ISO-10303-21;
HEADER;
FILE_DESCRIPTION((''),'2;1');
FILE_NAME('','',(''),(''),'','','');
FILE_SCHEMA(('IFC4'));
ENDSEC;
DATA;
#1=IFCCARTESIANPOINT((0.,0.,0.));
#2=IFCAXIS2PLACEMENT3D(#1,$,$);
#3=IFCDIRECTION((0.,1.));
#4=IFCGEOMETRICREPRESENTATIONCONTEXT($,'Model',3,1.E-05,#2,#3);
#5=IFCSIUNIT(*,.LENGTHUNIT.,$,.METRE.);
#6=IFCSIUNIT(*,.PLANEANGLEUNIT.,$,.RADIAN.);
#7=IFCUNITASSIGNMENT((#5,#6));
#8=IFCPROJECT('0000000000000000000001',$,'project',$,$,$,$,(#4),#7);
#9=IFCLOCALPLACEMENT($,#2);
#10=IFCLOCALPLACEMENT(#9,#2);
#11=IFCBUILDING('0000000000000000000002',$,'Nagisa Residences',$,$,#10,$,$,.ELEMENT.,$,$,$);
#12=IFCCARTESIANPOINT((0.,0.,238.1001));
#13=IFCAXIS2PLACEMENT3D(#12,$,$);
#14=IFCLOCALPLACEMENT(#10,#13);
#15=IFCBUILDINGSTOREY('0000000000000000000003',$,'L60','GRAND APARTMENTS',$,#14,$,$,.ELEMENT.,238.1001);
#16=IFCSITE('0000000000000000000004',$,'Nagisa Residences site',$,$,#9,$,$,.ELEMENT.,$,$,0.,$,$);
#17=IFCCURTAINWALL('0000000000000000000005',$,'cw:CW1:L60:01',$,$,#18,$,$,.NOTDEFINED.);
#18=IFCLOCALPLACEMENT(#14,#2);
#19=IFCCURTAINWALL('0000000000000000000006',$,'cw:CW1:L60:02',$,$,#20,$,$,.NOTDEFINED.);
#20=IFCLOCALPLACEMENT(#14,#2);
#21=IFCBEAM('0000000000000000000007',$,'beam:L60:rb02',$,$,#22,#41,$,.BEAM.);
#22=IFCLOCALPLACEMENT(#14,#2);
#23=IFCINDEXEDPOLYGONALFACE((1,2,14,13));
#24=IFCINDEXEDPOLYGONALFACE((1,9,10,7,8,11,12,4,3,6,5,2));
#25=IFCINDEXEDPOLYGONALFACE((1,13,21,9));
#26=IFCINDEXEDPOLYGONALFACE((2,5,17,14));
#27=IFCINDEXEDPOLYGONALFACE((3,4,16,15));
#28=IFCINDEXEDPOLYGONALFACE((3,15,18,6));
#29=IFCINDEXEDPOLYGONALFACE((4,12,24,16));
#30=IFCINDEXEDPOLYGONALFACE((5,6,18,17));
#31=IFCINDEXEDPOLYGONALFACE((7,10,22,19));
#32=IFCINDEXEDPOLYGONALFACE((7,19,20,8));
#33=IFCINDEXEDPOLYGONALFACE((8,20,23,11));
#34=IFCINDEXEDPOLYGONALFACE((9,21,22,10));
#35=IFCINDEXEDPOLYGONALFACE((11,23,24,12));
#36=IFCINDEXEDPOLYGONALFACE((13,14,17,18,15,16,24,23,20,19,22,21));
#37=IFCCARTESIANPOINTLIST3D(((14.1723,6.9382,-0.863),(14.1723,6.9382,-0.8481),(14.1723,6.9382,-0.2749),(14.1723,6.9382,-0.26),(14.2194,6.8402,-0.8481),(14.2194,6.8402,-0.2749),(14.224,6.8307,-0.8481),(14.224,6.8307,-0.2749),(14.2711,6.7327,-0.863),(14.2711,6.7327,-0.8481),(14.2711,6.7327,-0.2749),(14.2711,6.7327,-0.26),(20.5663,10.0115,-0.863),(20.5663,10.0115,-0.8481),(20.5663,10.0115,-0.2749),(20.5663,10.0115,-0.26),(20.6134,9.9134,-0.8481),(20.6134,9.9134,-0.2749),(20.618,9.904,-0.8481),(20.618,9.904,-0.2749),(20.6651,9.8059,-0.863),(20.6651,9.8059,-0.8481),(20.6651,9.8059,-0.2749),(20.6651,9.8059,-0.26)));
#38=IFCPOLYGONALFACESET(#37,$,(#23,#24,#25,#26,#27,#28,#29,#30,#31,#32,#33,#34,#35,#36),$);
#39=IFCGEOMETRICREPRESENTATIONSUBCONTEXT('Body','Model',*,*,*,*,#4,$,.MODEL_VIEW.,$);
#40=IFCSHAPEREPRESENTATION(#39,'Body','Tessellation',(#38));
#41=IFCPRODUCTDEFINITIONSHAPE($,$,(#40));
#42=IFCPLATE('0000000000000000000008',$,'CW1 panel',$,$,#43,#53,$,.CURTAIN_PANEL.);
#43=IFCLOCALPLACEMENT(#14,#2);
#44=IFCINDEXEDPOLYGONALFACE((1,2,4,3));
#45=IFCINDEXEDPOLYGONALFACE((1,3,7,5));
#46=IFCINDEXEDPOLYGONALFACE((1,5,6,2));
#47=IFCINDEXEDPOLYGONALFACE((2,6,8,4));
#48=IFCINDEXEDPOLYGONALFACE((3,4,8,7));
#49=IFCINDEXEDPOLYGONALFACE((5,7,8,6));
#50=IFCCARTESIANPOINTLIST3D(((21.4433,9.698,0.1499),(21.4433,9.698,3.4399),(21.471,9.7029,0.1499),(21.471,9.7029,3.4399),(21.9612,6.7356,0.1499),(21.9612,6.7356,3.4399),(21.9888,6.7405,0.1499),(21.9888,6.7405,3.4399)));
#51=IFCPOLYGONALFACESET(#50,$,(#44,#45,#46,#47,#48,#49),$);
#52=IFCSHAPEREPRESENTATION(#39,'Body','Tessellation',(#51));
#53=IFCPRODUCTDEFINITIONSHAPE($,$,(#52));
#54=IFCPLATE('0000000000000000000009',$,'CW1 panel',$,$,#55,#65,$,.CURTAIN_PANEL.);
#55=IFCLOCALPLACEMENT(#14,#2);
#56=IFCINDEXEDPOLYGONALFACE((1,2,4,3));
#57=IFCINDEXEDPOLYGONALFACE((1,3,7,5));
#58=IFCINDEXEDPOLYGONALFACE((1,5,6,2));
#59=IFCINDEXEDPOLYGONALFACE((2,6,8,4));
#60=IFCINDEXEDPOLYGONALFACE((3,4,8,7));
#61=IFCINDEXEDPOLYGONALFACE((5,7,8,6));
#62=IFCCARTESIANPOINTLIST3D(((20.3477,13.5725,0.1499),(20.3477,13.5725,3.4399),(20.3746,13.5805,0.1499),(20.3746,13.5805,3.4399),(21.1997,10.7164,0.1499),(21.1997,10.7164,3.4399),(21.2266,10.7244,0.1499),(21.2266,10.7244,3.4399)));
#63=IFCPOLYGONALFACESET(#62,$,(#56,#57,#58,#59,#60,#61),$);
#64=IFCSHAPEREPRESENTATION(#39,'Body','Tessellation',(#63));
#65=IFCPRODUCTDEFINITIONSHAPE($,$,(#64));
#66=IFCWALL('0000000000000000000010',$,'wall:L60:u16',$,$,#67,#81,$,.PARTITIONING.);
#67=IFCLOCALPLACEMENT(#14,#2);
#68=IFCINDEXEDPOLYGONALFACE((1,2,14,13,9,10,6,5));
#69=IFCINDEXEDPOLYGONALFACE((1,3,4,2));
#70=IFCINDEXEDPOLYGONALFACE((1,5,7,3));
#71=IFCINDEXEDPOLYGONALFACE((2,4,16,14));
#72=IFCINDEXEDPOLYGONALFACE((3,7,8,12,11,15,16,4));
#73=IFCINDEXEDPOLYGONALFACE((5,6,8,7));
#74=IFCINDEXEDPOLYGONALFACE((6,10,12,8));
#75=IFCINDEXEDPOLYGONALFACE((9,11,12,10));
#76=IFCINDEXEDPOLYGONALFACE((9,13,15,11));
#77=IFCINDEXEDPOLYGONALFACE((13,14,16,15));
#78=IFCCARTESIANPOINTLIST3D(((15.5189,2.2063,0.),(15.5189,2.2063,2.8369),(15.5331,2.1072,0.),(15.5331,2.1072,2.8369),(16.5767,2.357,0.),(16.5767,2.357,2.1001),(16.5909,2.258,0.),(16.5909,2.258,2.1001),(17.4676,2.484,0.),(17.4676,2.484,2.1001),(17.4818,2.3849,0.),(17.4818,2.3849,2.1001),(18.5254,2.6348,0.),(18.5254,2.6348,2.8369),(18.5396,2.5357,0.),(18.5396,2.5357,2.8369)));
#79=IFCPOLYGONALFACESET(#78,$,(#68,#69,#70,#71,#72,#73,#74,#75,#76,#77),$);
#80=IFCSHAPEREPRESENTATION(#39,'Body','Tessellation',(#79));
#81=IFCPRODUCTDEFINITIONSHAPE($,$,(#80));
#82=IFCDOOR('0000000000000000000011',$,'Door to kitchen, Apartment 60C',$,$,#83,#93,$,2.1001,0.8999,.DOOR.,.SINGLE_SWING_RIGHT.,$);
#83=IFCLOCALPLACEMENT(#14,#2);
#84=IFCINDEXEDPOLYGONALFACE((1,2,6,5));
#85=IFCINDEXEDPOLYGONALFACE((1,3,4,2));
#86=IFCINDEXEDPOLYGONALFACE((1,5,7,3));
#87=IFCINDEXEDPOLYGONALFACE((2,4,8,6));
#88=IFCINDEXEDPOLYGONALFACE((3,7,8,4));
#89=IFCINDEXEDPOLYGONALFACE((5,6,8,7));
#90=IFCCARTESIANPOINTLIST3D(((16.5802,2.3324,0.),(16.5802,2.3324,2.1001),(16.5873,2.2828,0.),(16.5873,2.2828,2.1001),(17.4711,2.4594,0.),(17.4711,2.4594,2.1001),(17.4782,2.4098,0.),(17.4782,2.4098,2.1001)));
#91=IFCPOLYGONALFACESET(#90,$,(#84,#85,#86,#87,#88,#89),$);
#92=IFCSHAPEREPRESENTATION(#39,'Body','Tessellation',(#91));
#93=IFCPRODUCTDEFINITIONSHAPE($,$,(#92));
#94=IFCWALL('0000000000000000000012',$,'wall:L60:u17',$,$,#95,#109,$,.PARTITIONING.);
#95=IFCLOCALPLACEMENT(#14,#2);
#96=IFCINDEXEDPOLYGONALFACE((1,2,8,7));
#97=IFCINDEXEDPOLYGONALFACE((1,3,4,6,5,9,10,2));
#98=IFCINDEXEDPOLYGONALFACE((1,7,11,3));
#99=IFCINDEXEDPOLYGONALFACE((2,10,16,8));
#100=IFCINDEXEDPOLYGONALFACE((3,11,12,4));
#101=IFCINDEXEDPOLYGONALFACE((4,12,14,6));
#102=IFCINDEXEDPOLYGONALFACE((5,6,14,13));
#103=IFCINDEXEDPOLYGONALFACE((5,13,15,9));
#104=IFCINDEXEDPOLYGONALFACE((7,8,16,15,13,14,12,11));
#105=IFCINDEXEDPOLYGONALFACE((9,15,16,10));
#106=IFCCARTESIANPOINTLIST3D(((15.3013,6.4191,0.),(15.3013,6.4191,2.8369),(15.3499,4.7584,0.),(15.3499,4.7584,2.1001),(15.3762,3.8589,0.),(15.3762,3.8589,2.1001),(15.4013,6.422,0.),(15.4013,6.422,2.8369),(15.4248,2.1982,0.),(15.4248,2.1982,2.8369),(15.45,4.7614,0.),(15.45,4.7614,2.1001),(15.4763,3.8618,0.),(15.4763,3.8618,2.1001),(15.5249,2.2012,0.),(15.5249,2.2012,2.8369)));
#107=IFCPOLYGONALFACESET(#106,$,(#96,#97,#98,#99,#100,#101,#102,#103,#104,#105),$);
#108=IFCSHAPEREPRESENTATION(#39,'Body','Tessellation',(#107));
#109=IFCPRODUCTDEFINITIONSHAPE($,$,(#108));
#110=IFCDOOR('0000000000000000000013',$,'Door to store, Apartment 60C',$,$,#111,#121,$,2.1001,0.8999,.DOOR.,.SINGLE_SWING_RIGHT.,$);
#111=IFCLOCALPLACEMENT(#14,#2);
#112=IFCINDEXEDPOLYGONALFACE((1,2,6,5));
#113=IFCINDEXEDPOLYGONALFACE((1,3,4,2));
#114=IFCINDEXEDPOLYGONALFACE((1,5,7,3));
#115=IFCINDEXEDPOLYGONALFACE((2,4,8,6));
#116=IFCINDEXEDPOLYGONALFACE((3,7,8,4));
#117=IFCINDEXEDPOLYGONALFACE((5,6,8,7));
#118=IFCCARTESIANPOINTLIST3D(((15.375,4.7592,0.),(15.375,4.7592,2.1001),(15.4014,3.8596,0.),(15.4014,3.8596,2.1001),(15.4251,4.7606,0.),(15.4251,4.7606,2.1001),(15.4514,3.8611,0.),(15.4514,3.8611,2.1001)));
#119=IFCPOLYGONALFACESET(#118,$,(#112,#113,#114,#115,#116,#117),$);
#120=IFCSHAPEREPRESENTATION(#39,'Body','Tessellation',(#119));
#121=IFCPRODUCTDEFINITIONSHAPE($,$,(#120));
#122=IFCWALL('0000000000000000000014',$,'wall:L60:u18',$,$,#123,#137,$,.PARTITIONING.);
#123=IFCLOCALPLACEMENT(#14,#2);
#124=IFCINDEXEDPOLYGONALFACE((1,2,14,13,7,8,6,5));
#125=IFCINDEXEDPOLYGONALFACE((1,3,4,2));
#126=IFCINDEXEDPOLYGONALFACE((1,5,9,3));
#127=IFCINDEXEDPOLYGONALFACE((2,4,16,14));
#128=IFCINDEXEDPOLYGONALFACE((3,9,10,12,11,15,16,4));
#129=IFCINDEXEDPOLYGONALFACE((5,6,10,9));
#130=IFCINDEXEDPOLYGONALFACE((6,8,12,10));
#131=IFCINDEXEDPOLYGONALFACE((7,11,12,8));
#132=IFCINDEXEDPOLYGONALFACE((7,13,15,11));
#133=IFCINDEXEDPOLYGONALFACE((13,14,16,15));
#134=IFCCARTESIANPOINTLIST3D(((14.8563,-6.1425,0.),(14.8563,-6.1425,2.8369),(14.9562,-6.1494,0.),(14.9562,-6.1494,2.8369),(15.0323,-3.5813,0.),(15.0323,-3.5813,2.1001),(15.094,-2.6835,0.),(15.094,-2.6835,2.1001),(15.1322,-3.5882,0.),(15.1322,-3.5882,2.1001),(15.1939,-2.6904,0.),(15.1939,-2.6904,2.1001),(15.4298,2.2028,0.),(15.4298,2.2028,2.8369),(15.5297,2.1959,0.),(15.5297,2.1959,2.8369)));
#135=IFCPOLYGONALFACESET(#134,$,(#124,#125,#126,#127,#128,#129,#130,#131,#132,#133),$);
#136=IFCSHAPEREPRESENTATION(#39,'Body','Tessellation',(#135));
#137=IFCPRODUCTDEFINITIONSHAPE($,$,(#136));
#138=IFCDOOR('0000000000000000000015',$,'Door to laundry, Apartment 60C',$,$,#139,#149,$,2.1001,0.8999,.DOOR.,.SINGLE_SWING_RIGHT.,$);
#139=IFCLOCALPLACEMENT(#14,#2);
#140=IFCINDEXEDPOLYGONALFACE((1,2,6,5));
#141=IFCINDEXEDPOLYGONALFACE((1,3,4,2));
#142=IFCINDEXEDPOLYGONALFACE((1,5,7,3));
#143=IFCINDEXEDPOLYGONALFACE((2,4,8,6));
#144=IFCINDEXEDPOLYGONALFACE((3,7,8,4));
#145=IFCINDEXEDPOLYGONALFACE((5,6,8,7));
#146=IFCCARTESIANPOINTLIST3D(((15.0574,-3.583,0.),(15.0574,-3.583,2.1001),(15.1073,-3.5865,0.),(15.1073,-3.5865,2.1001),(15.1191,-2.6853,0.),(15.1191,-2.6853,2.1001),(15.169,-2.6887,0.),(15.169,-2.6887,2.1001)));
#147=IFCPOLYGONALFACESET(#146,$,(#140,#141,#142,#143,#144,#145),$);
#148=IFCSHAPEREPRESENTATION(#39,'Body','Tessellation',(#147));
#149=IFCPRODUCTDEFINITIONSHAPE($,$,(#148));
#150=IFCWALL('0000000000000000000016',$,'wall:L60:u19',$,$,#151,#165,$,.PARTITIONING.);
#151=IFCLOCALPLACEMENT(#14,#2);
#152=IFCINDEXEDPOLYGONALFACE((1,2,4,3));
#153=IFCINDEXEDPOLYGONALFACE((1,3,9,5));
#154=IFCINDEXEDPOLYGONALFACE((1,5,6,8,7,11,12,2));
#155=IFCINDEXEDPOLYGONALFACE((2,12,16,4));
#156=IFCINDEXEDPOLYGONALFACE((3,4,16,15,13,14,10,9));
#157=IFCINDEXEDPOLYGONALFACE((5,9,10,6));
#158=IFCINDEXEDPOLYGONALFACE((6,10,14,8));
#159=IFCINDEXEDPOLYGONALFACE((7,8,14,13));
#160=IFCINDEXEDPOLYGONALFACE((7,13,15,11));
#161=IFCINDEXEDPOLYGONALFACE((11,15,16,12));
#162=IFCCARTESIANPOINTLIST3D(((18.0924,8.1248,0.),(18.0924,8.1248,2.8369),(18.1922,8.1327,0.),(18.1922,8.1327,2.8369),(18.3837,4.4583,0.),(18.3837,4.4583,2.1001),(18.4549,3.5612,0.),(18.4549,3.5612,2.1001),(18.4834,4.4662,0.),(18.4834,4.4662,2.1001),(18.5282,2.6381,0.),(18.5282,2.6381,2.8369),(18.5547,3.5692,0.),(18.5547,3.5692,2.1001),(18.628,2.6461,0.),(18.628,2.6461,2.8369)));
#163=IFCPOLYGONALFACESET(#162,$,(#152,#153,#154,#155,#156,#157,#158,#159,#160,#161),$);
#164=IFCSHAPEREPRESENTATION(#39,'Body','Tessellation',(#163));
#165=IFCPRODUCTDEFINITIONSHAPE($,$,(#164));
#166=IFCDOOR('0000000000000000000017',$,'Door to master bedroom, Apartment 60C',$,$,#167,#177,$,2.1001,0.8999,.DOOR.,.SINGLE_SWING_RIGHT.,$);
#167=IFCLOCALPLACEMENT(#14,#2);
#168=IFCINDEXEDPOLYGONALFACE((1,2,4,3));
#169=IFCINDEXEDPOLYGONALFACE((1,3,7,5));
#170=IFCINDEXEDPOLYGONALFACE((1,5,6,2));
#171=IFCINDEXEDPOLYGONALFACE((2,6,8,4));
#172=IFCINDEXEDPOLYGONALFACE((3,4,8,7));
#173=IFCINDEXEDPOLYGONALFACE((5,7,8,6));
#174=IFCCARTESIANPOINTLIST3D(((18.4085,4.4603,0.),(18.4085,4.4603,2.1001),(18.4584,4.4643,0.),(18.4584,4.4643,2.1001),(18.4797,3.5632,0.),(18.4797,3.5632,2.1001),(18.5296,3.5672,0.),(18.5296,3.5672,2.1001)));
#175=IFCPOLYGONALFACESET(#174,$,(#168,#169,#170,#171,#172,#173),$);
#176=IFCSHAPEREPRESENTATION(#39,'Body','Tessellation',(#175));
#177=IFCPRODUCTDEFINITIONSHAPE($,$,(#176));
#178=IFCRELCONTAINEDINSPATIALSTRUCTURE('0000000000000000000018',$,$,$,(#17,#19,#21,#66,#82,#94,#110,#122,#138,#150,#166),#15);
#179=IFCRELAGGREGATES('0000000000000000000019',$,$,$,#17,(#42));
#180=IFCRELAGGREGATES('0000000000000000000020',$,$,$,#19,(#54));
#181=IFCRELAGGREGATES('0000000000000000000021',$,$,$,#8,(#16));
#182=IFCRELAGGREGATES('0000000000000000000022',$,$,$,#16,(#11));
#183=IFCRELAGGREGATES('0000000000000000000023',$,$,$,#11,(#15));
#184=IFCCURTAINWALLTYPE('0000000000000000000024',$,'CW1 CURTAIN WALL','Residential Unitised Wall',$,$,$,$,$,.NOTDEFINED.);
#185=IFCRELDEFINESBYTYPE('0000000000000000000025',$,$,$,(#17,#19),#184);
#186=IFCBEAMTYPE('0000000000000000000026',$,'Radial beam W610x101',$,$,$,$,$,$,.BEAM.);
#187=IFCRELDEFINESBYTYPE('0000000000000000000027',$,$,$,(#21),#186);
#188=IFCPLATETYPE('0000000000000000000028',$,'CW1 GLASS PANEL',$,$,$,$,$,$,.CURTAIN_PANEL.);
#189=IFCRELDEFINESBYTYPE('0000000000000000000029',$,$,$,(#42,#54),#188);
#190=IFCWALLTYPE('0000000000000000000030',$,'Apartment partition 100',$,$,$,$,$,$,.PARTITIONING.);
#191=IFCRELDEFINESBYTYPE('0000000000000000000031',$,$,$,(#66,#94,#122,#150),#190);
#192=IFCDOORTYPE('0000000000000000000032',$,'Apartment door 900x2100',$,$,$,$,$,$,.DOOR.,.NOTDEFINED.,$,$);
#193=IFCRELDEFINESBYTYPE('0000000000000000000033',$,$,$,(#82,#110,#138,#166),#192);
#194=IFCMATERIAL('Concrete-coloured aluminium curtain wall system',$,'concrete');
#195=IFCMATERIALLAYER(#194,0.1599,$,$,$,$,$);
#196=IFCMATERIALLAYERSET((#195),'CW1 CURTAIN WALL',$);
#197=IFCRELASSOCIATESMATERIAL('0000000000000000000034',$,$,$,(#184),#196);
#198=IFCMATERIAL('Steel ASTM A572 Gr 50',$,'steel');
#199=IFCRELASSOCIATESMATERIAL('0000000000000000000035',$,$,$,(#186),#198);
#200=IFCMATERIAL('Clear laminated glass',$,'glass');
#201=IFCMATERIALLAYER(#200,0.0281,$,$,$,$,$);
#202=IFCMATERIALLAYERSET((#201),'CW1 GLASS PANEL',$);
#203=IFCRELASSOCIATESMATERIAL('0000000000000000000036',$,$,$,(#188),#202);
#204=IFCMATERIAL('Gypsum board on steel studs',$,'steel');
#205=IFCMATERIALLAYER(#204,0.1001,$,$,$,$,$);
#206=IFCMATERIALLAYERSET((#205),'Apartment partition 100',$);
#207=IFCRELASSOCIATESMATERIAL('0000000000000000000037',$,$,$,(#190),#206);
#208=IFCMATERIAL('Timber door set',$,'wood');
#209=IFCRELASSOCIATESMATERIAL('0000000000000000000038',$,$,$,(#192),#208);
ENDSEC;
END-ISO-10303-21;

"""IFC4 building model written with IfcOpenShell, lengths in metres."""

from ifc_helpers import new_model, si_unit, direction, frame, frame_2d, origin, origin_2d, place, context, subcontext, project, spatial, rectangle, i_section, extrude, material, layer, layer_set, material_profile, profile_set, type_object, element, fill, aggregate, save


model = new_model("IFC4")

# Units and contexts
model_context = context("Model", 3, precision=1e-05, world=origin(), true_north=direction((0.0, 1.0)))
body_context = subcontext(model_context, "Body", "Model", "MODEL_VIEW")
ifc_project = project(units=[si_unit("LENGTHUNIT", "METRE"), si_unit("PLANEANGLEUNIT", "RADIAN")], contexts=[model_context])

# Site, building, storey
site_placement = place(None, origin())
site = spatial("IfcSite", under=ifc_project, at=site_placement, Name="Nagisa Residences site", CompositionType="ELEMENT", RefElevation=0.0)
building_placement = place(site_placement, origin())
building = spatial("IfcBuilding", under=site, at=building_placement, Name="Nagisa Residences", CompositionType="ELEMENT")
storey_placement = place(building_placement, frame((0.0, 0.0, 238.1001)))
storey = spatial("IfcBuildingStorey", under=building, at=storey_placement, Name="L60", Description="GRAND APARTMENTS", CompositionType="ELEMENT", Elevation=238.1001)

# Curtain walls
ifc_material_1 = material(Name="Concrete-coloured aluminium curtain wall system", Category="concrete")
ifc_layer_1 = layer(ifc_material_1, 0.1599)
ifc_layer_set_1 = layer_set([ifc_layer_1], Name="CW1 CURTAIN WALL")
curtain_wall_type = type_object("IfcCurtainWallType", Name="CW1 CURTAIN WALL", Description="Residential Unitised Wall", PredefinedType="NOTDEFINED", material=ifc_layer_set_1)
curtain_wall_1_placement = place(storey_placement, origin())
curtain_wall_1 = element("IfcCurtainWall", 1, at=curtain_wall_1_placement, inside=storey, type_object=curtain_wall_type, Name="cw:CW1:L60:01", PredefinedType="NOTDEFINED")
curtain_wall_2_placement = place(storey_placement, origin())
curtain_wall_2 = element("IfcCurtainWall", 2, at=curtain_wall_2_placement, inside=storey, type_object=curtain_wall_type, Name="cw:CW1:L60:02", PredefinedType="NOTDEFINED")

# Beam
ifc_material_2 = material(Name="Steel ASTM A572 Gr 50", Category="steel")
ifc_material_profile_1 = material_profile(ifc_material_2, i_section(OverallWidth=0.228, OverallDepth=0.603, WebThickness=0.0105, FlangeThickness=0.0149, at=origin_2d()), Name="W610x101")
ifc_profile_set_1 = profile_set([ifc_material_profile_1], Name="Steel ASTM A572 Gr 50")
beam_type_1 = type_object("IfcBeamType", Name="Radial beam W610x101", PredefinedType="BEAM", material=ifc_profile_set_1)
beam_1_placement = place(storey_placement, frame((20.6157, 9.9087, -0.5615), z_axis=(-0.901297, -0.433201, 0.0), x_axis=(0.433201, -0.901297, 0.0)))
element("IfcBeam", 3, at=beam_1_placement, inside=storey, type_object=beam_type_1, Name="beam:L60:rb02", PredefinedType="BEAM", context=body_context, shape_type="SweptSolid", body=[
    extrude(i_section(OverallWidth=0.228, OverallDepth=0.603, WebThickness=0.0105, FlangeThickness=0.0149, at=origin_2d()), origin(), (0.0, 0.0, 1.0), 7.0942),
])

# Plates
ifc_material_3 = material(Name="Clear laminated glass", Category="glass")
ifc_layer_2 = layer(ifc_material_3, 0.0281)
ifc_layer_set_2 = layer_set([ifc_layer_2], Name="CW1 GLASS PANEL")
plate_type = type_object("IfcPlateType", Name="CW1 GLASS PANEL", PredefinedType="CURTAIN_PANEL", material=ifc_layer_set_2)
plate_1_placement = place(storey_placement, frame((21.7161, 8.2192, 0.1499), z_axis=(0.0, 0.0, 1.0), x_axis=(-0.172191, 0.985064, 0.0)))
plate_1 = element("IfcPlate", 4, at=plate_1_placement, type_object=plate_type, Name="CW1 panel", PredefinedType="CURTAIN_PANEL", context=body_context, shape_type="SweptSolid", body=[
    extrude(rectangle(XDim=3.0073, YDim=0.0281, at=origin_2d()), origin(), (0.0, 0.0, 1.0), 3.29),
])
aggregate(curtain_wall_1, [plate_1])
plate_2_placement = place(storey_placement, frame((20.7871, 12.1484, 0.1499), z_axis=(0.0, 0.0, 1.0), x_axis=(-0.28586, 0.958271, 0.0)))
plate_2 = element("IfcPlate", 5, at=plate_2_placement, type_object=plate_type, Name="CW1 panel", PredefinedType="CURTAIN_PANEL", context=body_context, shape_type="SweptSolid", body=[
    extrude(rectangle(XDim=2.9805, YDim=0.0281, at=origin_2d()), origin(), (0.0, 0.0, 1.0), 3.29),
])
aggregate(curtain_wall_2, [plate_2])

# Walls, openings, doors
ifc_material_4 = material(Name="Gypsum board on steel studs", Category="steel")
ifc_layer_3 = layer(ifc_material_4, 0.1001)
ifc_layer_set_3 = layer_set([ifc_layer_3], Name="Apartment partition 100")
wall_type_1 = type_object("IfcWallType", Name="Apartment partition 100", PredefinedType="PARTITIONING", material=ifc_layer_set_3)
wall_1_placement = place(storey_placement, frame((15.5259, 2.1567, 0.0), z_axis=(0.0, 0.0, 1.0), x_axis=(0.989998, 0.141084, 0.0)))
wall_1 = element("IfcWall", 6, at=wall_1_placement, inside=storey, type_object=wall_type_1, Name="wall:L60:u16", PredefinedType="PARTITIONING", context=body_context, shape_type="SweptSolid", body=[
    extrude(rectangle(XDim=3.0369, YDim=0.1001, at=frame_2d((1.5186, 0.0))), origin(), (0.0, 0.0, 1.0), 2.8369),
])
opening_1_placement = place(wall_1_placement, frame((1.0686, 0.0, 0.0)))
opening_1 = element("IfcOpeningElement", 7, at=opening_1_placement, cuts=wall_1, PredefinedType="OPENING", context=body_context, shape_type="SweptSolid", body=[
    extrude(rectangle(XDim=0.8999, YDim=2.1001, at=frame_2d((0.45, 1.05))), frame((0.0, 0.0601, 0.0), z_axis=(0.0, -1.0, 0.0), x_axis=(1.0, 0.0, 0.0)), (0.0, 0.0, 1.0), 0.1201),
])
ifc_material_5 = material(Name="Timber door set", Category="wood")
door_type_1 = type_object("IfcDoorType", Name="Apartment door 900x2100", OperationType="NOTDEFINED", PredefinedType="DOOR", material=ifc_material_5)
door_1_placement = place(opening_1_placement, frame((0.8999, 0.0, 0.0), x_axis=(-1.0, 0.0, 0.0)))
door_1 = element("IfcDoor", 8, at=door_1_placement, inside=storey, type_object=door_type_1, Name="Door to kitchen, Apartment 60C", OperationType="SINGLE_SWING_RIGHT", OverallHeight=2.1001, OverallWidth=0.8999, PredefinedType="DOOR", context=body_context, shape_type="SweptSolid", body=[
    extrude(rectangle(XDim=0.8999, YDim=2.1001, at=frame_2d((0.45, 1.05))), frame((0.0, 0.0249, 0.0), z_axis=(0.0, -1.0, 0.0), x_axis=(1.0, 0.0, 0.0)), (0.0, 0.0, 1.0), 0.05),
])
fill(opening_1, door_1)
wall_2_placement = place(storey_placement, frame((15.4749, 2.1997, 0.0), z_axis=(0.0, 0.0, 1.0), x_axis=(-0.029255, 0.999572, 0.0)))
wall_2 = element("IfcWall", 9, at=wall_2_placement, inside=storey, type_object=wall_type_1, Name="wall:L60:u17", PredefinedType="PARTITIONING", context=body_context, shape_type="SweptSolid", body=[
    extrude(rectangle(XDim=4.2227, YDim=0.1001, at=frame_2d((2.1113, 0.0))), origin(), (0.0, 0.0, 1.0), 2.8369),
])
opening_2_placement = place(wall_2_placement, frame((1.6614, 0.0, 0.0)))
opening_2 = element("IfcOpeningElement", 10, at=opening_2_placement, cuts=wall_2, PredefinedType="OPENING", context=body_context, shape_type="SweptSolid", body=[
    extrude(rectangle(XDim=0.8999, YDim=2.1001, at=frame_2d((0.45, 1.05))), frame((0.0, 0.0601, 0.0), z_axis=(0.0, -1.0, 0.0), x_axis=(1.0, 0.0, 0.0)), (0.0, 0.0, 1.0), 0.1201),
])
door_2_placement = place(opening_2_placement, origin())
door_2 = element("IfcDoor", 11, at=door_2_placement, inside=storey, type_object=door_type_1, Name="Door to store, Apartment 60C", OperationType="SINGLE_SWING_RIGHT", OverallHeight=2.1001, OverallWidth=0.8999, PredefinedType="DOOR", context=body_context, shape_type="SweptSolid", body=[
    extrude(rectangle(XDim=0.8999, YDim=2.1001, at=frame_2d((0.45, 1.05))), frame((0.0, 0.0249, 0.0), z_axis=(0.0, -1.0, 0.0), x_axis=(1.0, 0.0, 0.0)), (0.0, 0.0, 1.0), 0.05),
])
fill(opening_2, door_2)
wall_3_placement = place(storey_placement, frame((15.4797, 2.1995, 0.0), z_axis=(0.0, 0.0, 1.0), x_axis=(-0.068559, -0.997647, 0.0)))
wall_3 = element("IfcWall", 12, at=wall_3_placement, inside=storey, type_object=wall_type_1, Name="wall:L60:u18", PredefinedType="PARTITIONING", context=body_context, shape_type="SweptSolid", body=[
    extrude(rectangle(XDim=8.365, YDim=0.1001, at=frame_2d((4.1826, 0.0))), origin(), (0.0, 0.0, 1.0), 2.8369),
])
opening_3_placement = place(wall_3_placement, frame((4.8979, 0.0, 0.0)))
opening_3 = element("IfcOpeningElement", 13, at=opening_3_placement, cuts=wall_3, PredefinedType="OPENING", context=body_context, shape_type="SweptSolid", body=[
    extrude(rectangle(XDim=0.8999, YDim=2.1001, at=frame_2d((0.45, 1.05))), frame((0.0, 0.0601, 0.0), z_axis=(0.0, -1.0, 0.0), x_axis=(1.0, 0.0, 0.0)), (0.0, 0.0, 1.0), 0.1201),
])
door_3_placement = place(opening_3_placement, frame((0.8999, 0.0, 0.0), x_axis=(-1.0, 0.0, 0.0)))
door_3 = element("IfcDoor", 14, at=door_3_placement, inside=storey, type_object=door_type_1, Name="Door to laundry, Apartment 60C", OperationType="SINGLE_SWING_RIGHT", OverallHeight=2.1001, OverallWidth=0.8999, PredefinedType="DOOR", context=body_context, shape_type="SweptSolid", body=[
    extrude(rectangle(XDim=0.8999, YDim=2.1001, at=frame_2d((0.45, 1.05))), frame((0.0, 0.0249, 0.0), z_axis=(0.0, -1.0, 0.0), x_axis=(1.0, 0.0, 0.0)), (0.0, 0.0, 1.0), 0.05),
])
fill(opening_3, door_3)
wall_4_placement = place(storey_placement, frame((18.5781, 2.6421, 0.0), z_axis=(0.0, 0.0, 1.0), x_axis=(-0.079179, 0.99686, 0.0)))
wall_4 = element("IfcWall", 15, at=wall_4_placement, inside=storey, type_object=wall_type_1, Name="wall:L60:u19", PredefinedType="PARTITIONING", context=body_context, shape_type="SweptSolid", body=[
    extrude(rectangle(XDim=5.5039, YDim=0.1001, at=frame_2d((2.752, 0.0))), origin(), (0.0, 0.0, 1.0), 2.8369),
])
opening_4_placement = place(wall_4_placement, frame((0.926, 0.0, 0.0)))
opening_4 = element("IfcOpeningElement", 16, at=opening_4_placement, cuts=wall_4, PredefinedType="OPENING", context=body_context, shape_type="SweptSolid", body=[
    extrude(rectangle(XDim=0.8999, YDim=2.1001, at=frame_2d((0.45, 1.05))), frame((0.0, 0.0601, 0.0), z_axis=(0.0, -1.0, 0.0), x_axis=(1.0, 0.0, 0.0)), (0.0, 0.0, 1.0), 0.1201),
])
door_4_placement = place(opening_4_placement, frame((0.8999, 0.0, 0.0), x_axis=(-1.0, 0.0, 0.0)))
door_4 = element("IfcDoor", 17, at=door_4_placement, inside=storey, type_object=door_type_1, Name="Door to master bedroom, Apartment 60C", OperationType="SINGLE_SWING_RIGHT", OverallHeight=2.1001, OverallWidth=0.8999, PredefinedType="DOOR", context=body_context, shape_type="SweptSolid", body=[
    extrude(rectangle(XDim=0.8999, YDim=2.1001, at=frame_2d((0.45, 1.05))), frame((0.0, 0.0249, 0.0), z_axis=(0.0, -1.0, 0.0), x_axis=(1.0, 0.0, 0.0)), (0.0, 0.0, 1.0), 0.05),
])
fill(opening_4, door_4)

save(model, "model.ifc")
